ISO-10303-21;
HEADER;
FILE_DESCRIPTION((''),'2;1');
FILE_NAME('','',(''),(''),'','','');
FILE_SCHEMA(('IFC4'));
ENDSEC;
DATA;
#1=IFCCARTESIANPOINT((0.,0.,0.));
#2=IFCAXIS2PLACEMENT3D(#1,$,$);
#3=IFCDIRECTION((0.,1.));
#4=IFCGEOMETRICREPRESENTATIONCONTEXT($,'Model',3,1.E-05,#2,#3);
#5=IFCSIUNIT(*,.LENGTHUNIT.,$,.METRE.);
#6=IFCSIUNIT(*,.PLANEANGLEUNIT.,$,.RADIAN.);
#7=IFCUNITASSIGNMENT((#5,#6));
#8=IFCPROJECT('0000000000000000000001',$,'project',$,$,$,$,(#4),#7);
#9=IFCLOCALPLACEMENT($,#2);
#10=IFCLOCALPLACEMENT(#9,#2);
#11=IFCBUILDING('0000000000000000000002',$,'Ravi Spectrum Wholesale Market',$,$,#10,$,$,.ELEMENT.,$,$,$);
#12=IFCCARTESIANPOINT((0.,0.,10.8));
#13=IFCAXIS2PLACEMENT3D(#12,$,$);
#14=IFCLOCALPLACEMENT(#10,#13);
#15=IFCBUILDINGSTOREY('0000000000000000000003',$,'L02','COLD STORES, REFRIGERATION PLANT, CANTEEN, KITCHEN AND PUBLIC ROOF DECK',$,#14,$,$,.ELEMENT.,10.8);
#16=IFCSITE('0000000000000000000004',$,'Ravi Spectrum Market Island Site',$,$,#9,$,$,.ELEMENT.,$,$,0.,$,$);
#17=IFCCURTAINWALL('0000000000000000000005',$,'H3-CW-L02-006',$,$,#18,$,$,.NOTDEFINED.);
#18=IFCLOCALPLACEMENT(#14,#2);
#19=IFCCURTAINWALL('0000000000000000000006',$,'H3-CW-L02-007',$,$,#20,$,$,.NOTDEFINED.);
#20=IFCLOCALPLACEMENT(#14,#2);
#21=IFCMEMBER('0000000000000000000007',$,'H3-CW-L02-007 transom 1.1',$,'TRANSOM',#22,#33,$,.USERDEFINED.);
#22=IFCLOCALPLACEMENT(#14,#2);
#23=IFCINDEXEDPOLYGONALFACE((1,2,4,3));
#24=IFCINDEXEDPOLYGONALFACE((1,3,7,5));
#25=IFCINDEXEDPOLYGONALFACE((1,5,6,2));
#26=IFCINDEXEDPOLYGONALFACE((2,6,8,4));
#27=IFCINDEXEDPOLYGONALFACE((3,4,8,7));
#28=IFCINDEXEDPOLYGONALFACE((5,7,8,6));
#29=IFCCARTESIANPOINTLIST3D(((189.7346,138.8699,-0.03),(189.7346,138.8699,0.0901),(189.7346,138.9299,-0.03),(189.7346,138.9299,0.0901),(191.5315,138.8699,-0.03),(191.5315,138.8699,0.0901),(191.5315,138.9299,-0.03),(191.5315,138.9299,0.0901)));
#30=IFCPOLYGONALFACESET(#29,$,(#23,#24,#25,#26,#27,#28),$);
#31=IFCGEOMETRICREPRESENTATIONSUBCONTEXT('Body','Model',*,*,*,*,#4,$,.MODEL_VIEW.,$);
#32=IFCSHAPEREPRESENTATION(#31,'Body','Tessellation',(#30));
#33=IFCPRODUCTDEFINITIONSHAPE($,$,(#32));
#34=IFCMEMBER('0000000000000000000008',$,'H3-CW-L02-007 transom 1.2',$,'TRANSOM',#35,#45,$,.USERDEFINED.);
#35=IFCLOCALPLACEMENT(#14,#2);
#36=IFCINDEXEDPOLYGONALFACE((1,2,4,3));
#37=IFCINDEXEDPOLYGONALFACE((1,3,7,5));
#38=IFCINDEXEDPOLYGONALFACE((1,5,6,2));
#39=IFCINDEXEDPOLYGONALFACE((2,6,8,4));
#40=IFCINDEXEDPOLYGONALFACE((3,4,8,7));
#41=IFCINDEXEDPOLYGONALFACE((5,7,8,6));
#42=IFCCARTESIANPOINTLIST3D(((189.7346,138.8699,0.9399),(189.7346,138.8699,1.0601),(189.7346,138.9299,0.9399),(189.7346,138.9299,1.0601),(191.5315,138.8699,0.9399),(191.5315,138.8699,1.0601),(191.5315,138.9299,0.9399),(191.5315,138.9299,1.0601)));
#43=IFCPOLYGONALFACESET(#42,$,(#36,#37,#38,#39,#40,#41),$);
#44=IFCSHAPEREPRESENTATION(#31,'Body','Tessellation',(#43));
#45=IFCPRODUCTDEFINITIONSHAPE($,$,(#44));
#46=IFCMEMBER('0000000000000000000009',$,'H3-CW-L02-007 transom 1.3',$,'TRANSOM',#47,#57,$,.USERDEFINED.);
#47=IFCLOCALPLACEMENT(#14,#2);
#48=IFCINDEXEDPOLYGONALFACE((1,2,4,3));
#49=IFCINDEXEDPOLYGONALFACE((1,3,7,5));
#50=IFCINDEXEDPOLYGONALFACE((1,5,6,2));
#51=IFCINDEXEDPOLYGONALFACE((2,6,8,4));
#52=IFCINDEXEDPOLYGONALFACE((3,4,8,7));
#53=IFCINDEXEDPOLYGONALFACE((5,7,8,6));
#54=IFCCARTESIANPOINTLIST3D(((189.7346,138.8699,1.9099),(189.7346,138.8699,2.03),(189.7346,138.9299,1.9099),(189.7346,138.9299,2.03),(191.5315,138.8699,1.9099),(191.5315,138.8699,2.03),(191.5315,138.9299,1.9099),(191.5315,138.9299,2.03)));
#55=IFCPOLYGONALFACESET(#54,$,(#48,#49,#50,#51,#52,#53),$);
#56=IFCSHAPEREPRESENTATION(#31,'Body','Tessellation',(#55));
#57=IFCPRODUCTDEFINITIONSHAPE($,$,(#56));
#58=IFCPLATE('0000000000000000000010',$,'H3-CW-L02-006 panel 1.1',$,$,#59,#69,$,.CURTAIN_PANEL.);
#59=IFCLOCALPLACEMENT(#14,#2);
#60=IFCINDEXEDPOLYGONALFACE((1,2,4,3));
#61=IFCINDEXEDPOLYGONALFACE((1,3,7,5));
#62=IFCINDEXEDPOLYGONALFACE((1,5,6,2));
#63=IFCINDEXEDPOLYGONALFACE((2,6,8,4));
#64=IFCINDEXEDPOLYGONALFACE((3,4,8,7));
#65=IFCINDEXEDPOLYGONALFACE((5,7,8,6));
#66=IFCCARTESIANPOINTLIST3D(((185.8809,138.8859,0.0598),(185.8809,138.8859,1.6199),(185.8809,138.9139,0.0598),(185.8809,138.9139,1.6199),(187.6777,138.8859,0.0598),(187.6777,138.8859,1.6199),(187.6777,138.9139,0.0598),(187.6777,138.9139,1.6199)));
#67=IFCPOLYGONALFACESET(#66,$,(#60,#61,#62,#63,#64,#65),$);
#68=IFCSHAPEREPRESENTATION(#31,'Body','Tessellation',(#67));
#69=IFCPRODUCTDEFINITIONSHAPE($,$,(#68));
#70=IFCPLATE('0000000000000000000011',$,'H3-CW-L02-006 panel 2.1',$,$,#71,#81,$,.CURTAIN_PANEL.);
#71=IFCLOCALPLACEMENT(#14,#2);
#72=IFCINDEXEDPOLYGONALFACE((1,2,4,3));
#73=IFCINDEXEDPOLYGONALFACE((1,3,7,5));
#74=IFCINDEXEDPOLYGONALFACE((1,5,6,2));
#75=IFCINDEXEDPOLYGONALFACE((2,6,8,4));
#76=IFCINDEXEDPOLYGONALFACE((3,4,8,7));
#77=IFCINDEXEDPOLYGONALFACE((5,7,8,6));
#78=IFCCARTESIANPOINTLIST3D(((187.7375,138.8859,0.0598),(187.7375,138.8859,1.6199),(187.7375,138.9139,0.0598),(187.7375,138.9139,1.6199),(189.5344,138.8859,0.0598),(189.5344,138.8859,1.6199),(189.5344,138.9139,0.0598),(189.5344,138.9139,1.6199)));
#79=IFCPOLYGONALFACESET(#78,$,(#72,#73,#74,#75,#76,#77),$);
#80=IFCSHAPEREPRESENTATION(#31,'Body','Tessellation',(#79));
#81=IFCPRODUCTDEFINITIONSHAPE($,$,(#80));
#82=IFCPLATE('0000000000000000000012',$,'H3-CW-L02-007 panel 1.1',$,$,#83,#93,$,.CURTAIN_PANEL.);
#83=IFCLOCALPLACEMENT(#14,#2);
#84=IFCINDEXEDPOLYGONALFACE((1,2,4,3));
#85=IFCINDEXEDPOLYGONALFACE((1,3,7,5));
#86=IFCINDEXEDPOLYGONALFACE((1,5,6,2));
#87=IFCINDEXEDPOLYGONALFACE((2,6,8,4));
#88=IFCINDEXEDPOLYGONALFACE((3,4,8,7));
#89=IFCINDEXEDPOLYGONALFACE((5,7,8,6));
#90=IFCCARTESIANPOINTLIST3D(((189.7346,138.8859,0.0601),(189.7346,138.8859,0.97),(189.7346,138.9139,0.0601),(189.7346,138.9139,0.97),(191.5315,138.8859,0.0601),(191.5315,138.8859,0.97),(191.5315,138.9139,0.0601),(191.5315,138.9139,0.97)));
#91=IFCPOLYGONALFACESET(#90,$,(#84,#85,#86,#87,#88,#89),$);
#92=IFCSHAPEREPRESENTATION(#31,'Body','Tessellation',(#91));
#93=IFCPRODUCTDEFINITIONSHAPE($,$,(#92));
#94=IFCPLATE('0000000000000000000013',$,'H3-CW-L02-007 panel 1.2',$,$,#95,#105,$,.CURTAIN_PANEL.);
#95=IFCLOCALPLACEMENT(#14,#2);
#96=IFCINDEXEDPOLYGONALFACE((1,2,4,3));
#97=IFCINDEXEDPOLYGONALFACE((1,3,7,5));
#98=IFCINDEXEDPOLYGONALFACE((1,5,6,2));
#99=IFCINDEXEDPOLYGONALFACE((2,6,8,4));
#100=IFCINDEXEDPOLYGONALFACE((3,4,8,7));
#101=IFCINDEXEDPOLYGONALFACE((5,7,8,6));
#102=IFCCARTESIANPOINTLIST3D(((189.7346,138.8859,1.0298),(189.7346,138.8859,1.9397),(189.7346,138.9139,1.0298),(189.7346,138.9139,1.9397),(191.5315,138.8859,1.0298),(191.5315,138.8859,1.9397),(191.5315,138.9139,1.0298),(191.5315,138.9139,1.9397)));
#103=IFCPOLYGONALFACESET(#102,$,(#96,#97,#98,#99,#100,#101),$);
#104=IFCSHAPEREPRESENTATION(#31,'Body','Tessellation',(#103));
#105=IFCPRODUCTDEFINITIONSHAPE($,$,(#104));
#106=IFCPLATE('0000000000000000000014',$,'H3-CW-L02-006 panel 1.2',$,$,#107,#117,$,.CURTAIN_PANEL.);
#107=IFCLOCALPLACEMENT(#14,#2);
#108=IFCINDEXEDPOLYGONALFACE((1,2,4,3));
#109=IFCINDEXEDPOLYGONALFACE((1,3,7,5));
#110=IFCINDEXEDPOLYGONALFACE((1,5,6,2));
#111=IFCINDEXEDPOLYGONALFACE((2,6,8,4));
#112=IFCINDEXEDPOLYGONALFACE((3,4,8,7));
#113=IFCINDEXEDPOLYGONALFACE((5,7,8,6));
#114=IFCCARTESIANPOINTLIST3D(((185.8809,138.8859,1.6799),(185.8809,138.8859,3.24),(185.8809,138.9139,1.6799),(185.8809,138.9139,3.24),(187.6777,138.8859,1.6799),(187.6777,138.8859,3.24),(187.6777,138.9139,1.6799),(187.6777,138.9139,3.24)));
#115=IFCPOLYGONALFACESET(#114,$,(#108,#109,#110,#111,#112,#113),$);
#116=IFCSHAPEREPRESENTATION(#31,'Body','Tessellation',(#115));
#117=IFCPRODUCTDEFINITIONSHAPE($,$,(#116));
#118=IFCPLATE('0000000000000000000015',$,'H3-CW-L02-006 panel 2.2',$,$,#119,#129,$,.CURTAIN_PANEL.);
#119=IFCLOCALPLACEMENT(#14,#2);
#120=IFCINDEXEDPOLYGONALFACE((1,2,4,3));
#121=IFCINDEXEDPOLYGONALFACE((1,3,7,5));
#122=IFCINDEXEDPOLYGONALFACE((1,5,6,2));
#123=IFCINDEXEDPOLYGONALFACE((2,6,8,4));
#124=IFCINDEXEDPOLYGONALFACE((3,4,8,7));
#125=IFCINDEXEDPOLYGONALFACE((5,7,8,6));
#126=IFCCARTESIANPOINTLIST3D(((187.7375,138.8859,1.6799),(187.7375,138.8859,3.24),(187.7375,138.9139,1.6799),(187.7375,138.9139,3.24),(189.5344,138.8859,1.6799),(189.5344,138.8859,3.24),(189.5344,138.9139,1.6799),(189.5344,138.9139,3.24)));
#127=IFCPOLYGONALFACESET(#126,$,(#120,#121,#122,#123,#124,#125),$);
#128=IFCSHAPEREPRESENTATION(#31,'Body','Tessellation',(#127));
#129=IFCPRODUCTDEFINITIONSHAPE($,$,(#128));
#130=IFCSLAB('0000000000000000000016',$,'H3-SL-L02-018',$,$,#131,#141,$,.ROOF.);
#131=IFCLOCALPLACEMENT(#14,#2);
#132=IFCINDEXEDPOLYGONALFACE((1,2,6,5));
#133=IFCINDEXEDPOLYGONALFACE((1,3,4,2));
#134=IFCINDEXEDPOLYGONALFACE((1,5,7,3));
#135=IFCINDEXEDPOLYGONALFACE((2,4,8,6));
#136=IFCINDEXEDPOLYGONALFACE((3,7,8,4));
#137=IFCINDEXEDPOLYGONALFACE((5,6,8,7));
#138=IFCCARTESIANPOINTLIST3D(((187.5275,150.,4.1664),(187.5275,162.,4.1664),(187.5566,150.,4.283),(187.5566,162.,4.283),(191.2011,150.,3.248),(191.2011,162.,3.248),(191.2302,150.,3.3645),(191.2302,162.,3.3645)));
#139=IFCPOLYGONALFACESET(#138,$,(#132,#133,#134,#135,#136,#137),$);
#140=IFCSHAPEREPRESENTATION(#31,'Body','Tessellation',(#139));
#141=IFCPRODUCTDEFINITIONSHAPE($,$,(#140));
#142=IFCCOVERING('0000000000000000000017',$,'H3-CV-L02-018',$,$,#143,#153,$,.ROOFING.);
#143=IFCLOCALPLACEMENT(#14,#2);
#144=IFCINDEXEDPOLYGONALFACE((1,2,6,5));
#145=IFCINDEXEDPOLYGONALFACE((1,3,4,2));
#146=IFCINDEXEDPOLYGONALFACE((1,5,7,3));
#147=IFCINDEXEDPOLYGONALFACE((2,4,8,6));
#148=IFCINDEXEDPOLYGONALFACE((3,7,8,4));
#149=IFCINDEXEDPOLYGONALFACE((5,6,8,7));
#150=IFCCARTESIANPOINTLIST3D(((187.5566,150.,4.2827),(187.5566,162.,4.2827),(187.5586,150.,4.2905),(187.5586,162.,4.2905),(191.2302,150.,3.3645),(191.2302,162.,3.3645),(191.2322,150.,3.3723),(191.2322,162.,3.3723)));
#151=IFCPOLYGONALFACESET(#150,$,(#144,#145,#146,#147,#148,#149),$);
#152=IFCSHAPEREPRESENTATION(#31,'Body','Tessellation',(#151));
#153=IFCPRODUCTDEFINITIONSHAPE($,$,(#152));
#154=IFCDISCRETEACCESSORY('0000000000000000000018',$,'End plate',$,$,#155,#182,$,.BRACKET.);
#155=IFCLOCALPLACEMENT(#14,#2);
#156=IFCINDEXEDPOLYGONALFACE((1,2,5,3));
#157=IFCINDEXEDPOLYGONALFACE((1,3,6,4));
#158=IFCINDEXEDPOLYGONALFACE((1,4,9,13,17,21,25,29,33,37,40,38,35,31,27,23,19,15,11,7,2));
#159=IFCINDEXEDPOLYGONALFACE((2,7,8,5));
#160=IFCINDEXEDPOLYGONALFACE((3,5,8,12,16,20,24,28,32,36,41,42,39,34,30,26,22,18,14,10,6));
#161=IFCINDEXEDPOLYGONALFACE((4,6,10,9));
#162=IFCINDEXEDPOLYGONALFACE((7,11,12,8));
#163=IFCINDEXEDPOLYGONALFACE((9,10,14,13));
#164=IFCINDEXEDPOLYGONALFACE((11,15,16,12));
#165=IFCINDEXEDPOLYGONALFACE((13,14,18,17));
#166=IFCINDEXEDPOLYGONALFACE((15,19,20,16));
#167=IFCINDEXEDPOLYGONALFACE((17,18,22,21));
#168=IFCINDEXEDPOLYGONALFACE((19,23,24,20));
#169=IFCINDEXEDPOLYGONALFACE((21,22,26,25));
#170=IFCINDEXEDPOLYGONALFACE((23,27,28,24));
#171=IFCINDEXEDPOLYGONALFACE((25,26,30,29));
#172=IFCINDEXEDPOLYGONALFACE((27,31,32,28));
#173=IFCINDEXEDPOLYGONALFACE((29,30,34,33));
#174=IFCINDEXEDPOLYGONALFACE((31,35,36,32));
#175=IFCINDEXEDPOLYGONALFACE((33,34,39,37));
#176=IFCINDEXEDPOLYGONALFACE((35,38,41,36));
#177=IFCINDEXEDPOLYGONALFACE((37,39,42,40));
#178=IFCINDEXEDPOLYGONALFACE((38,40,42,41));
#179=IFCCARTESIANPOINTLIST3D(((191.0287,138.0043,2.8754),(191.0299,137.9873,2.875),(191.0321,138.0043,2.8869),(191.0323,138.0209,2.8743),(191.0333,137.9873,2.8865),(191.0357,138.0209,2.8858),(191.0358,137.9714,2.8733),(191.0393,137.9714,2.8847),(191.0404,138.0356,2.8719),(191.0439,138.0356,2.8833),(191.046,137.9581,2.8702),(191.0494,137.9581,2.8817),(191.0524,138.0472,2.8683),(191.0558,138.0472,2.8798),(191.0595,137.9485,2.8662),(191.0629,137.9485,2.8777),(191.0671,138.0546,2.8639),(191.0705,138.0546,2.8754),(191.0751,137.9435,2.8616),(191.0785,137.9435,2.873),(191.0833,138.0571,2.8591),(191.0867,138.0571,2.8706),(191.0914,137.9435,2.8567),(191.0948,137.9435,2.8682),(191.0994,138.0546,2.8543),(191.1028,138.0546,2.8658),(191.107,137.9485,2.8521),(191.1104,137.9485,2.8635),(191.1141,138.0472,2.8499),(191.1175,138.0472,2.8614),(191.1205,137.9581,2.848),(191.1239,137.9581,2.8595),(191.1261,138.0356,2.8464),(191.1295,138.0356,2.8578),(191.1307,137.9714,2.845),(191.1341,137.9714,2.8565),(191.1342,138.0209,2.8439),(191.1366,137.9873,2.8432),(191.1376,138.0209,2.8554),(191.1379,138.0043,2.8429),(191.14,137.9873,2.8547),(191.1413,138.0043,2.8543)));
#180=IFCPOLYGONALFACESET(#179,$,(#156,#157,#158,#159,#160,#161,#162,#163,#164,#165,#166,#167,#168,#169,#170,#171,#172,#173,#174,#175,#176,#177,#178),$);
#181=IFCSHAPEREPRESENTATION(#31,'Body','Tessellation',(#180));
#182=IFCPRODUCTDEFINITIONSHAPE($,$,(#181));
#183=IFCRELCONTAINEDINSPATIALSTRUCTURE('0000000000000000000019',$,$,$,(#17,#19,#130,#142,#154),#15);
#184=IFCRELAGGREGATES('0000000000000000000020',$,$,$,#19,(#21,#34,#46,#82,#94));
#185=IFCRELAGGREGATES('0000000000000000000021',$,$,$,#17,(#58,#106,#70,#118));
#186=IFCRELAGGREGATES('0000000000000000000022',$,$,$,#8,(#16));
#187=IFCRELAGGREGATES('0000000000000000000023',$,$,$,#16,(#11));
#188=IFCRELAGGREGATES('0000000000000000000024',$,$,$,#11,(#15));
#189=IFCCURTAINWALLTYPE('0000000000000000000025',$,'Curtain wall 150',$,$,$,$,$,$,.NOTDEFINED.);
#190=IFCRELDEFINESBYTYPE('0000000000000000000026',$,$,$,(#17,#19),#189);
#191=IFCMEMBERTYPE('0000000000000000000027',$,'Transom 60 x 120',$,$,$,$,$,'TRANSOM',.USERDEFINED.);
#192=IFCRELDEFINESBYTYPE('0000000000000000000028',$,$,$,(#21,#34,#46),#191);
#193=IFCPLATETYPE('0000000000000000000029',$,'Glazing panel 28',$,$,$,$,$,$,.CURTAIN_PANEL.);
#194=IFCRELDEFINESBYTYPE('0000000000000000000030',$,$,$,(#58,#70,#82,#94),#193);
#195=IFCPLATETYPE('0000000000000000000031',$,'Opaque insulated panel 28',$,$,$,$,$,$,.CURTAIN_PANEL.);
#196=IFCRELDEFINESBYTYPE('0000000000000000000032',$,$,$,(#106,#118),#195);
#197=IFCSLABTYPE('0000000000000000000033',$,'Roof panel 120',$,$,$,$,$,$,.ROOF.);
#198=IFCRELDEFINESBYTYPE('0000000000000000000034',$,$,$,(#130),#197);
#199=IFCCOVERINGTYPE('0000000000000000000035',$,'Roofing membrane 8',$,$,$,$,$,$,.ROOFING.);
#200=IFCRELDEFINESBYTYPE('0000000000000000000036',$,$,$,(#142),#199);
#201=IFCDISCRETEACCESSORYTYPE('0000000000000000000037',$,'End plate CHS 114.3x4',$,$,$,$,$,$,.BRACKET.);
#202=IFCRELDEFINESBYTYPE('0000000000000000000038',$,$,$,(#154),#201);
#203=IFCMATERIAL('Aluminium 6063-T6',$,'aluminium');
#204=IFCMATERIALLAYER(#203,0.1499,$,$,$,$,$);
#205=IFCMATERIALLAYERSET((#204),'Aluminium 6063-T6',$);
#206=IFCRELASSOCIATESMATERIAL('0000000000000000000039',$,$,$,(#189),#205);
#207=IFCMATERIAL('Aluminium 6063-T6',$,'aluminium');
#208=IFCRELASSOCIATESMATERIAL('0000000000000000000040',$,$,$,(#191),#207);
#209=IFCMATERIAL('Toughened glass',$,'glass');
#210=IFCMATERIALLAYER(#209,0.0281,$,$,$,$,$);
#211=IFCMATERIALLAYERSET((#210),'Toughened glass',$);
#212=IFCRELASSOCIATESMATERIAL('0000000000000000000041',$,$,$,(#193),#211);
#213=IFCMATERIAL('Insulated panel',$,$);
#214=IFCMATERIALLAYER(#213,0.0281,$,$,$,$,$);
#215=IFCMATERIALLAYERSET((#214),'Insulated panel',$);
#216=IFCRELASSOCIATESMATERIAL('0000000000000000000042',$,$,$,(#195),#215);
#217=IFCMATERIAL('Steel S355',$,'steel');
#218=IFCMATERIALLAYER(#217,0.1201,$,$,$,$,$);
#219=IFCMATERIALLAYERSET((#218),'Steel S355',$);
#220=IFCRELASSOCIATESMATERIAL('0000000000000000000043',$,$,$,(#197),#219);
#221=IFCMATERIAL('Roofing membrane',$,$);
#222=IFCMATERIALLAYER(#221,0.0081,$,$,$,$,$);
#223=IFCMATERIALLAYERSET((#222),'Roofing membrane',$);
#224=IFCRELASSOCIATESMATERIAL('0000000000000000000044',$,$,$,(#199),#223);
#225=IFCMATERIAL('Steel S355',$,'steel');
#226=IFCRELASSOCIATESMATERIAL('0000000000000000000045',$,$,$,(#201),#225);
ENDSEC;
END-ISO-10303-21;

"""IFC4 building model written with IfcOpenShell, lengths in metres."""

from ifc_helpers import new_model, si_unit, direction, frame, origin, origin_2d, place, context, subcontext, project, spatial, polyline, rectangle, circle, outline, extrude, material, layer, layer_set, material_profile, profile_set, type_object, element, aggregate, save


model = new_model("IFC4")

# Units and contexts
model_context = context("Model", 3, precision=1e-05, world=origin(), true_north=direction((0.0, 1.0)))
body_context = subcontext(model_context, "Body", "Model", "MODEL_VIEW")
ifc_project = project(units=[si_unit("LENGTHUNIT", "METRE"), si_unit("PLANEANGLEUNIT", "RADIAN")], contexts=[model_context])

# Site, building, storey
site_placement = place(None, origin())
site = spatial("IfcSite", under=ifc_project, at=site_placement, Name="Ravi Spectrum Market Island Site", CompositionType="ELEMENT", RefElevation=0.0)
building_placement = place(site_placement, origin())
building = spatial("IfcBuilding", under=site, at=building_placement, Name="Ravi Spectrum Wholesale Market", CompositionType="ELEMENT")
storey_placement = place(building_placement, frame((0.0, 0.0, 10.8)))
storey = spatial("IfcBuildingStorey", under=building, at=storey_placement, Name="L02", Description="COLD STORES, REFRIGERATION PLANT, CANTEEN, KITCHEN AND PUBLIC ROOF DECK", CompositionType="ELEMENT", Elevation=10.8)

# Curtain wall
ifc_material_1 = material(Name="Aluminium 6063-T6", Category="aluminium")
ifc_layer_1 = layer(ifc_material_1, 0.1499)
ifc_layer_set_1 = layer_set([ifc_layer_1], Name="Aluminium 6063-T6")
curtain_wall_type = type_object("IfcCurtainWallType", Name="Curtain wall 150", PredefinedType="NOTDEFINED", material=ifc_layer_set_1)
curtain_wall_1_placement = place(storey_placement, origin())
curtain_wall_1 = element("IfcCurtainWall", 1, at=curtain_wall_1_placement, inside=storey, type_object=curtain_wall_type, Name="H3-CW-L02-006", PredefinedType="NOTDEFINED")

# Curtain wall
curtain_wall_2_placement = place(storey_placement, origin())
curtain_wall_2 = element("IfcCurtainWall", 2, at=curtain_wall_2_placement, inside=storey, type_object=curtain_wall_type, Name="H3-CW-L02-007", PredefinedType="NOTDEFINED")

# Members
ifc_material_2 = material(Name="Aluminium 6063-T6", Category="aluminium")
ifc_material_profile_1 = material_profile(ifc_material_2, rectangle(XDim=0.0601, YDim=0.1201, at=origin_2d()))
ifc_profile_set_1 = profile_set([ifc_material_profile_1], Name="Aluminium 6063-T6")
member_type_1 = type_object("IfcMemberType", Name="Transom 60 x 120", ElementType="TRANSOM", PredefinedType="USERDEFINED", material=ifc_profile_set_1)
member_1_placement = place(storey_placement, frame((189.7346, 138.8999, 0.03), z_axis=(1.0, 0.0, 0.0), x_axis=(0.0, 1.0, 0.0)))
member_1 = element("IfcMember", 3, at=member_1_placement, type_object=member_type_1, Name="H3-CW-L02-007 transom 1.1", ObjectType="TRANSOM", PredefinedType="USERDEFINED", context=body_context, shape_type="SweptSolid", body=[
    extrude(rectangle(XDim=0.0601, YDim=0.1201, at=origin_2d()), origin(), (0.0, 0.0, 1.0), 1.7969),
])
member_2_placement = place(storey_placement, frame((189.7346, 138.8999, 1.0), z_axis=(1.0, 0.0, 0.0), x_axis=(0.0, 1.0, 0.0)))
member_2 = element("IfcMember", 4, at=member_2_placement, type_object=member_type_1, Name="H3-CW-L02-007 transom 1.2", ObjectType="TRANSOM", PredefinedType="USERDEFINED", context=body_context, shape_type="SweptSolid", body=[
    extrude(rectangle(XDim=0.0601, YDim=0.1201, at=origin_2d()), origin(), (0.0, 0.0, 1.0), 1.7969),
])
member_3_placement = place(storey_placement, frame((189.7346, 138.8999, 1.97), z_axis=(1.0, 0.0, 0.0), x_axis=(0.0, 1.0, 0.0)))
member_3 = element("IfcMember", 5, at=member_3_placement, type_object=member_type_1, Name="H3-CW-L02-007 transom 1.3", ObjectType="TRANSOM", PredefinedType="USERDEFINED", context=body_context, shape_type="SweptSolid", body=[
    extrude(rectangle(XDim=0.0601, YDim=0.1201, at=origin_2d()), origin(), (0.0, 0.0, 1.0), 1.7969),
])

# Plates
ifc_material_3 = material(Name="Toughened glass", Category="glass")
ifc_layer_2 = layer(ifc_material_3, 0.0281)
ifc_layer_set_2 = layer_set([ifc_layer_2], Name="Toughened glass")
plate_type_1 = type_object("IfcPlateType", Name="Glazing panel 28", PredefinedType="CURTAIN_PANEL", material=ifc_layer_set_2)
plate_1_placement = place(storey_placement, frame((186.7793, 138.8999, 0.0598), z_axis=(0.0, 0.0, 1.0), x_axis=(1.0, 0.0, 0.0)))
plate_1 = element("IfcPlate", 6, at=plate_1_placement, type_object=plate_type_1, Name="H3-CW-L02-006 panel 1.1", PredefinedType="CURTAIN_PANEL", context=body_context, shape_type="SweptSolid", body=[
    extrude(rectangle(XDim=1.7969, YDim=0.0281, at=origin_2d()), origin(), (0.0, 0.0, 1.0), 1.5601),
])
plate_2_placement = place(storey_placement, frame((188.636, 138.8999, 0.0598), z_axis=(0.0, 0.0, 1.0), x_axis=(1.0, 0.0, 0.0)))
plate_2 = element("IfcPlate", 7, at=plate_2_placement, type_object=plate_type_1, Name="H3-CW-L02-006 panel 2.1", PredefinedType="CURTAIN_PANEL", context=body_context, shape_type="SweptSolid", body=[
    extrude(rectangle(XDim=1.7969, YDim=0.0281, at=origin_2d()), origin(), (0.0, 0.0, 1.0), 1.5601),
])
plate_3_placement = place(storey_placement, frame((190.6331, 138.8999, 0.0601), z_axis=(0.0, 0.0, 1.0), x_axis=(1.0, 0.0, 0.0)))
plate_3 = element("IfcPlate", 8, at=plate_3_placement, type_object=plate_type_1, Name="H3-CW-L02-007 panel 1.1", PredefinedType="CURTAIN_PANEL", context=body_context, shape_type="SweptSolid", body=[
    extrude(rectangle(XDim=1.7969, YDim=0.0281, at=origin_2d()), origin(), (0.0, 0.0, 1.0), 0.9099),
])
plate_4_placement = place(storey_placement, frame((190.6331, 138.8999, 1.0298), z_axis=(0.0, 0.0, 1.0), x_axis=(1.0, 0.0, 0.0)))
plate_4 = element("IfcPlate", 9, at=plate_4_placement, type_object=plate_type_1, Name="H3-CW-L02-007 panel 1.2", PredefinedType="CURTAIN_PANEL", context=body_context, shape_type="SweptSolid", body=[
    extrude(rectangle(XDim=1.7969, YDim=0.0281, at=origin_2d()), origin(), (0.0, 0.0, 1.0), 0.9099),
])
aggregate(curtain_wall_2, [member_1, member_2, member_3, plate_3, plate_4])
ifc_material_4 = material(Name="Insulated panel")
ifc_layer_3 = layer(ifc_material_4, 0.0281)
ifc_layer_set_3 = layer_set([ifc_layer_3], Name="Insulated panel")
plate_type_2 = type_object("IfcPlateType", Name="Opaque insulated panel 28", PredefinedType="CURTAIN_PANEL", material=ifc_layer_set_3)
plate_5_placement = place(storey_placement, frame((186.7793, 138.8999, 1.6799), z_axis=(0.0, 0.0, 1.0), x_axis=(1.0, 0.0, 0.0)))
plate_5 = element("IfcPlate", 10, at=plate_5_placement, type_object=plate_type_2, Name="H3-CW-L02-006 panel 1.2", PredefinedType="CURTAIN_PANEL", context=body_context, shape_type="SweptSolid", body=[
    extrude(rectangle(XDim=1.7969, YDim=0.0281, at=origin_2d()), origin(), (0.0, 0.0, 1.0), 1.5601),
])
plate_6_placement = place(storey_placement, frame((188.636, 138.8999, 1.6799), z_axis=(0.0, 0.0, 1.0), x_axis=(1.0, 0.0, 0.0)))
plate_6 = element("IfcPlate", 11, at=plate_6_placement, type_object=plate_type_2, Name="H3-CW-L02-006 panel 2.2", PredefinedType="CURTAIN_PANEL", context=body_context, shape_type="SweptSolid", body=[
    extrude(rectangle(XDim=1.7969, YDim=0.0281, at=origin_2d()), origin(), (0.0, 0.0, 1.0), 1.5601),
])
aggregate(curtain_wall_1, [plate_1, plate_5, plate_2, plate_6])

# Slab
ifc_material_5 = material(Name="Steel S355", Category="steel")
ifc_layer_4 = layer(ifc_material_5, 0.1201)
ifc_layer_set_4 = layer_set([ifc_layer_4], Name="Steel S355")
slab_type = type_object("IfcSlabType", Name="Roof panel 120", PredefinedType="ROOF", material=ifc_layer_set_4)
slab_placement = place(storey_placement, frame((187.5566, 150.0, 4.283), z_axis=(0.242551, 0.0, 0.970139), x_axis=(0.970139, 0.0, -0.242551)))
element("IfcSlab", 12, at=slab_placement, inside=storey, type_object=slab_type, Name="H3-SL-L02-018", PredefinedType="ROOF", context=body_context, shape_type="SweptSolid", body=[
    extrude(outline(polyline([(0.0, 0.0), (3.7867, 0.0), (3.7867, 12.0), (0.0, 12.0), (0.0, 0.0)])), origin(), (0.0, 0.0, -1.0), 0.1201),
])

# Covering
ifc_material_6 = material(Name="Roofing membrane")
ifc_layer_5 = layer(ifc_material_6, 0.0081)
ifc_layer_set_5 = layer_set([ifc_layer_5], Name="Roofing membrane")
covering_type = type_object("IfcCoveringType", Name="Roofing membrane 8", PredefinedType="ROOFING", material=ifc_layer_set_5)
covering_placement = place(storey_placement, frame((187.5586, 150.0, 4.2905), z_axis=(0.24249, 0.0, 0.970154), x_axis=(0.970154, 0.0, -0.24249)))
element("IfcCovering", 13, at=covering_placement, inside=storey, type_object=covering_type, Name="H3-CV-L02-018", PredefinedType="ROOFING", context=body_context, shape_type="SweptSolid", body=[
    extrude(outline(polyline([(0.0, 0.0), (3.7866, 0.0), (3.7866, 12.0), (0.0, 12.0), (0.0, 0.0)])), origin(), (0.0, 0.0, -1.0), 0.0081),
])

# Discrete accessory
ifc_material_7 = material(Name="Steel S355", Category="steel")
ifc_material_profile_2 = material_profile(ifc_material_7, circle(Radius=0.0571, at=origin_2d()))
ifc_profile_set_2 = profile_set([ifc_material_profile_2], Name="Steel S355")
discrete_accessory_type_1 = type_object("IfcDiscreteAccessoryType", Name="End plate CHS 114.3x4", PredefinedType="BRACKET", material=ifc_profile_set_2)
for number, where, z_axis, x_axis, name in (
    (14, (191.0833, 138.0, 2.8591), (0.285477, 0.0, 0.958386), (0.0, 1.0, 0.0), "End plate"),
):
    element("IfcDiscreteAccessory", number, at=place(storey_placement, frame(where, z_axis=z_axis, x_axis=x_axis)), inside=storey, type_object=discrete_accessory_type_1, Name=name, PredefinedType="BRACKET", context=body_context, shape_type="SweptSolid", body=[
        extrude(circle(Radius=0.0571, at=origin_2d()), origin(), (0.0, 0.0, 1.0), 0.012),
    ])

save(model, "model.ifc")
